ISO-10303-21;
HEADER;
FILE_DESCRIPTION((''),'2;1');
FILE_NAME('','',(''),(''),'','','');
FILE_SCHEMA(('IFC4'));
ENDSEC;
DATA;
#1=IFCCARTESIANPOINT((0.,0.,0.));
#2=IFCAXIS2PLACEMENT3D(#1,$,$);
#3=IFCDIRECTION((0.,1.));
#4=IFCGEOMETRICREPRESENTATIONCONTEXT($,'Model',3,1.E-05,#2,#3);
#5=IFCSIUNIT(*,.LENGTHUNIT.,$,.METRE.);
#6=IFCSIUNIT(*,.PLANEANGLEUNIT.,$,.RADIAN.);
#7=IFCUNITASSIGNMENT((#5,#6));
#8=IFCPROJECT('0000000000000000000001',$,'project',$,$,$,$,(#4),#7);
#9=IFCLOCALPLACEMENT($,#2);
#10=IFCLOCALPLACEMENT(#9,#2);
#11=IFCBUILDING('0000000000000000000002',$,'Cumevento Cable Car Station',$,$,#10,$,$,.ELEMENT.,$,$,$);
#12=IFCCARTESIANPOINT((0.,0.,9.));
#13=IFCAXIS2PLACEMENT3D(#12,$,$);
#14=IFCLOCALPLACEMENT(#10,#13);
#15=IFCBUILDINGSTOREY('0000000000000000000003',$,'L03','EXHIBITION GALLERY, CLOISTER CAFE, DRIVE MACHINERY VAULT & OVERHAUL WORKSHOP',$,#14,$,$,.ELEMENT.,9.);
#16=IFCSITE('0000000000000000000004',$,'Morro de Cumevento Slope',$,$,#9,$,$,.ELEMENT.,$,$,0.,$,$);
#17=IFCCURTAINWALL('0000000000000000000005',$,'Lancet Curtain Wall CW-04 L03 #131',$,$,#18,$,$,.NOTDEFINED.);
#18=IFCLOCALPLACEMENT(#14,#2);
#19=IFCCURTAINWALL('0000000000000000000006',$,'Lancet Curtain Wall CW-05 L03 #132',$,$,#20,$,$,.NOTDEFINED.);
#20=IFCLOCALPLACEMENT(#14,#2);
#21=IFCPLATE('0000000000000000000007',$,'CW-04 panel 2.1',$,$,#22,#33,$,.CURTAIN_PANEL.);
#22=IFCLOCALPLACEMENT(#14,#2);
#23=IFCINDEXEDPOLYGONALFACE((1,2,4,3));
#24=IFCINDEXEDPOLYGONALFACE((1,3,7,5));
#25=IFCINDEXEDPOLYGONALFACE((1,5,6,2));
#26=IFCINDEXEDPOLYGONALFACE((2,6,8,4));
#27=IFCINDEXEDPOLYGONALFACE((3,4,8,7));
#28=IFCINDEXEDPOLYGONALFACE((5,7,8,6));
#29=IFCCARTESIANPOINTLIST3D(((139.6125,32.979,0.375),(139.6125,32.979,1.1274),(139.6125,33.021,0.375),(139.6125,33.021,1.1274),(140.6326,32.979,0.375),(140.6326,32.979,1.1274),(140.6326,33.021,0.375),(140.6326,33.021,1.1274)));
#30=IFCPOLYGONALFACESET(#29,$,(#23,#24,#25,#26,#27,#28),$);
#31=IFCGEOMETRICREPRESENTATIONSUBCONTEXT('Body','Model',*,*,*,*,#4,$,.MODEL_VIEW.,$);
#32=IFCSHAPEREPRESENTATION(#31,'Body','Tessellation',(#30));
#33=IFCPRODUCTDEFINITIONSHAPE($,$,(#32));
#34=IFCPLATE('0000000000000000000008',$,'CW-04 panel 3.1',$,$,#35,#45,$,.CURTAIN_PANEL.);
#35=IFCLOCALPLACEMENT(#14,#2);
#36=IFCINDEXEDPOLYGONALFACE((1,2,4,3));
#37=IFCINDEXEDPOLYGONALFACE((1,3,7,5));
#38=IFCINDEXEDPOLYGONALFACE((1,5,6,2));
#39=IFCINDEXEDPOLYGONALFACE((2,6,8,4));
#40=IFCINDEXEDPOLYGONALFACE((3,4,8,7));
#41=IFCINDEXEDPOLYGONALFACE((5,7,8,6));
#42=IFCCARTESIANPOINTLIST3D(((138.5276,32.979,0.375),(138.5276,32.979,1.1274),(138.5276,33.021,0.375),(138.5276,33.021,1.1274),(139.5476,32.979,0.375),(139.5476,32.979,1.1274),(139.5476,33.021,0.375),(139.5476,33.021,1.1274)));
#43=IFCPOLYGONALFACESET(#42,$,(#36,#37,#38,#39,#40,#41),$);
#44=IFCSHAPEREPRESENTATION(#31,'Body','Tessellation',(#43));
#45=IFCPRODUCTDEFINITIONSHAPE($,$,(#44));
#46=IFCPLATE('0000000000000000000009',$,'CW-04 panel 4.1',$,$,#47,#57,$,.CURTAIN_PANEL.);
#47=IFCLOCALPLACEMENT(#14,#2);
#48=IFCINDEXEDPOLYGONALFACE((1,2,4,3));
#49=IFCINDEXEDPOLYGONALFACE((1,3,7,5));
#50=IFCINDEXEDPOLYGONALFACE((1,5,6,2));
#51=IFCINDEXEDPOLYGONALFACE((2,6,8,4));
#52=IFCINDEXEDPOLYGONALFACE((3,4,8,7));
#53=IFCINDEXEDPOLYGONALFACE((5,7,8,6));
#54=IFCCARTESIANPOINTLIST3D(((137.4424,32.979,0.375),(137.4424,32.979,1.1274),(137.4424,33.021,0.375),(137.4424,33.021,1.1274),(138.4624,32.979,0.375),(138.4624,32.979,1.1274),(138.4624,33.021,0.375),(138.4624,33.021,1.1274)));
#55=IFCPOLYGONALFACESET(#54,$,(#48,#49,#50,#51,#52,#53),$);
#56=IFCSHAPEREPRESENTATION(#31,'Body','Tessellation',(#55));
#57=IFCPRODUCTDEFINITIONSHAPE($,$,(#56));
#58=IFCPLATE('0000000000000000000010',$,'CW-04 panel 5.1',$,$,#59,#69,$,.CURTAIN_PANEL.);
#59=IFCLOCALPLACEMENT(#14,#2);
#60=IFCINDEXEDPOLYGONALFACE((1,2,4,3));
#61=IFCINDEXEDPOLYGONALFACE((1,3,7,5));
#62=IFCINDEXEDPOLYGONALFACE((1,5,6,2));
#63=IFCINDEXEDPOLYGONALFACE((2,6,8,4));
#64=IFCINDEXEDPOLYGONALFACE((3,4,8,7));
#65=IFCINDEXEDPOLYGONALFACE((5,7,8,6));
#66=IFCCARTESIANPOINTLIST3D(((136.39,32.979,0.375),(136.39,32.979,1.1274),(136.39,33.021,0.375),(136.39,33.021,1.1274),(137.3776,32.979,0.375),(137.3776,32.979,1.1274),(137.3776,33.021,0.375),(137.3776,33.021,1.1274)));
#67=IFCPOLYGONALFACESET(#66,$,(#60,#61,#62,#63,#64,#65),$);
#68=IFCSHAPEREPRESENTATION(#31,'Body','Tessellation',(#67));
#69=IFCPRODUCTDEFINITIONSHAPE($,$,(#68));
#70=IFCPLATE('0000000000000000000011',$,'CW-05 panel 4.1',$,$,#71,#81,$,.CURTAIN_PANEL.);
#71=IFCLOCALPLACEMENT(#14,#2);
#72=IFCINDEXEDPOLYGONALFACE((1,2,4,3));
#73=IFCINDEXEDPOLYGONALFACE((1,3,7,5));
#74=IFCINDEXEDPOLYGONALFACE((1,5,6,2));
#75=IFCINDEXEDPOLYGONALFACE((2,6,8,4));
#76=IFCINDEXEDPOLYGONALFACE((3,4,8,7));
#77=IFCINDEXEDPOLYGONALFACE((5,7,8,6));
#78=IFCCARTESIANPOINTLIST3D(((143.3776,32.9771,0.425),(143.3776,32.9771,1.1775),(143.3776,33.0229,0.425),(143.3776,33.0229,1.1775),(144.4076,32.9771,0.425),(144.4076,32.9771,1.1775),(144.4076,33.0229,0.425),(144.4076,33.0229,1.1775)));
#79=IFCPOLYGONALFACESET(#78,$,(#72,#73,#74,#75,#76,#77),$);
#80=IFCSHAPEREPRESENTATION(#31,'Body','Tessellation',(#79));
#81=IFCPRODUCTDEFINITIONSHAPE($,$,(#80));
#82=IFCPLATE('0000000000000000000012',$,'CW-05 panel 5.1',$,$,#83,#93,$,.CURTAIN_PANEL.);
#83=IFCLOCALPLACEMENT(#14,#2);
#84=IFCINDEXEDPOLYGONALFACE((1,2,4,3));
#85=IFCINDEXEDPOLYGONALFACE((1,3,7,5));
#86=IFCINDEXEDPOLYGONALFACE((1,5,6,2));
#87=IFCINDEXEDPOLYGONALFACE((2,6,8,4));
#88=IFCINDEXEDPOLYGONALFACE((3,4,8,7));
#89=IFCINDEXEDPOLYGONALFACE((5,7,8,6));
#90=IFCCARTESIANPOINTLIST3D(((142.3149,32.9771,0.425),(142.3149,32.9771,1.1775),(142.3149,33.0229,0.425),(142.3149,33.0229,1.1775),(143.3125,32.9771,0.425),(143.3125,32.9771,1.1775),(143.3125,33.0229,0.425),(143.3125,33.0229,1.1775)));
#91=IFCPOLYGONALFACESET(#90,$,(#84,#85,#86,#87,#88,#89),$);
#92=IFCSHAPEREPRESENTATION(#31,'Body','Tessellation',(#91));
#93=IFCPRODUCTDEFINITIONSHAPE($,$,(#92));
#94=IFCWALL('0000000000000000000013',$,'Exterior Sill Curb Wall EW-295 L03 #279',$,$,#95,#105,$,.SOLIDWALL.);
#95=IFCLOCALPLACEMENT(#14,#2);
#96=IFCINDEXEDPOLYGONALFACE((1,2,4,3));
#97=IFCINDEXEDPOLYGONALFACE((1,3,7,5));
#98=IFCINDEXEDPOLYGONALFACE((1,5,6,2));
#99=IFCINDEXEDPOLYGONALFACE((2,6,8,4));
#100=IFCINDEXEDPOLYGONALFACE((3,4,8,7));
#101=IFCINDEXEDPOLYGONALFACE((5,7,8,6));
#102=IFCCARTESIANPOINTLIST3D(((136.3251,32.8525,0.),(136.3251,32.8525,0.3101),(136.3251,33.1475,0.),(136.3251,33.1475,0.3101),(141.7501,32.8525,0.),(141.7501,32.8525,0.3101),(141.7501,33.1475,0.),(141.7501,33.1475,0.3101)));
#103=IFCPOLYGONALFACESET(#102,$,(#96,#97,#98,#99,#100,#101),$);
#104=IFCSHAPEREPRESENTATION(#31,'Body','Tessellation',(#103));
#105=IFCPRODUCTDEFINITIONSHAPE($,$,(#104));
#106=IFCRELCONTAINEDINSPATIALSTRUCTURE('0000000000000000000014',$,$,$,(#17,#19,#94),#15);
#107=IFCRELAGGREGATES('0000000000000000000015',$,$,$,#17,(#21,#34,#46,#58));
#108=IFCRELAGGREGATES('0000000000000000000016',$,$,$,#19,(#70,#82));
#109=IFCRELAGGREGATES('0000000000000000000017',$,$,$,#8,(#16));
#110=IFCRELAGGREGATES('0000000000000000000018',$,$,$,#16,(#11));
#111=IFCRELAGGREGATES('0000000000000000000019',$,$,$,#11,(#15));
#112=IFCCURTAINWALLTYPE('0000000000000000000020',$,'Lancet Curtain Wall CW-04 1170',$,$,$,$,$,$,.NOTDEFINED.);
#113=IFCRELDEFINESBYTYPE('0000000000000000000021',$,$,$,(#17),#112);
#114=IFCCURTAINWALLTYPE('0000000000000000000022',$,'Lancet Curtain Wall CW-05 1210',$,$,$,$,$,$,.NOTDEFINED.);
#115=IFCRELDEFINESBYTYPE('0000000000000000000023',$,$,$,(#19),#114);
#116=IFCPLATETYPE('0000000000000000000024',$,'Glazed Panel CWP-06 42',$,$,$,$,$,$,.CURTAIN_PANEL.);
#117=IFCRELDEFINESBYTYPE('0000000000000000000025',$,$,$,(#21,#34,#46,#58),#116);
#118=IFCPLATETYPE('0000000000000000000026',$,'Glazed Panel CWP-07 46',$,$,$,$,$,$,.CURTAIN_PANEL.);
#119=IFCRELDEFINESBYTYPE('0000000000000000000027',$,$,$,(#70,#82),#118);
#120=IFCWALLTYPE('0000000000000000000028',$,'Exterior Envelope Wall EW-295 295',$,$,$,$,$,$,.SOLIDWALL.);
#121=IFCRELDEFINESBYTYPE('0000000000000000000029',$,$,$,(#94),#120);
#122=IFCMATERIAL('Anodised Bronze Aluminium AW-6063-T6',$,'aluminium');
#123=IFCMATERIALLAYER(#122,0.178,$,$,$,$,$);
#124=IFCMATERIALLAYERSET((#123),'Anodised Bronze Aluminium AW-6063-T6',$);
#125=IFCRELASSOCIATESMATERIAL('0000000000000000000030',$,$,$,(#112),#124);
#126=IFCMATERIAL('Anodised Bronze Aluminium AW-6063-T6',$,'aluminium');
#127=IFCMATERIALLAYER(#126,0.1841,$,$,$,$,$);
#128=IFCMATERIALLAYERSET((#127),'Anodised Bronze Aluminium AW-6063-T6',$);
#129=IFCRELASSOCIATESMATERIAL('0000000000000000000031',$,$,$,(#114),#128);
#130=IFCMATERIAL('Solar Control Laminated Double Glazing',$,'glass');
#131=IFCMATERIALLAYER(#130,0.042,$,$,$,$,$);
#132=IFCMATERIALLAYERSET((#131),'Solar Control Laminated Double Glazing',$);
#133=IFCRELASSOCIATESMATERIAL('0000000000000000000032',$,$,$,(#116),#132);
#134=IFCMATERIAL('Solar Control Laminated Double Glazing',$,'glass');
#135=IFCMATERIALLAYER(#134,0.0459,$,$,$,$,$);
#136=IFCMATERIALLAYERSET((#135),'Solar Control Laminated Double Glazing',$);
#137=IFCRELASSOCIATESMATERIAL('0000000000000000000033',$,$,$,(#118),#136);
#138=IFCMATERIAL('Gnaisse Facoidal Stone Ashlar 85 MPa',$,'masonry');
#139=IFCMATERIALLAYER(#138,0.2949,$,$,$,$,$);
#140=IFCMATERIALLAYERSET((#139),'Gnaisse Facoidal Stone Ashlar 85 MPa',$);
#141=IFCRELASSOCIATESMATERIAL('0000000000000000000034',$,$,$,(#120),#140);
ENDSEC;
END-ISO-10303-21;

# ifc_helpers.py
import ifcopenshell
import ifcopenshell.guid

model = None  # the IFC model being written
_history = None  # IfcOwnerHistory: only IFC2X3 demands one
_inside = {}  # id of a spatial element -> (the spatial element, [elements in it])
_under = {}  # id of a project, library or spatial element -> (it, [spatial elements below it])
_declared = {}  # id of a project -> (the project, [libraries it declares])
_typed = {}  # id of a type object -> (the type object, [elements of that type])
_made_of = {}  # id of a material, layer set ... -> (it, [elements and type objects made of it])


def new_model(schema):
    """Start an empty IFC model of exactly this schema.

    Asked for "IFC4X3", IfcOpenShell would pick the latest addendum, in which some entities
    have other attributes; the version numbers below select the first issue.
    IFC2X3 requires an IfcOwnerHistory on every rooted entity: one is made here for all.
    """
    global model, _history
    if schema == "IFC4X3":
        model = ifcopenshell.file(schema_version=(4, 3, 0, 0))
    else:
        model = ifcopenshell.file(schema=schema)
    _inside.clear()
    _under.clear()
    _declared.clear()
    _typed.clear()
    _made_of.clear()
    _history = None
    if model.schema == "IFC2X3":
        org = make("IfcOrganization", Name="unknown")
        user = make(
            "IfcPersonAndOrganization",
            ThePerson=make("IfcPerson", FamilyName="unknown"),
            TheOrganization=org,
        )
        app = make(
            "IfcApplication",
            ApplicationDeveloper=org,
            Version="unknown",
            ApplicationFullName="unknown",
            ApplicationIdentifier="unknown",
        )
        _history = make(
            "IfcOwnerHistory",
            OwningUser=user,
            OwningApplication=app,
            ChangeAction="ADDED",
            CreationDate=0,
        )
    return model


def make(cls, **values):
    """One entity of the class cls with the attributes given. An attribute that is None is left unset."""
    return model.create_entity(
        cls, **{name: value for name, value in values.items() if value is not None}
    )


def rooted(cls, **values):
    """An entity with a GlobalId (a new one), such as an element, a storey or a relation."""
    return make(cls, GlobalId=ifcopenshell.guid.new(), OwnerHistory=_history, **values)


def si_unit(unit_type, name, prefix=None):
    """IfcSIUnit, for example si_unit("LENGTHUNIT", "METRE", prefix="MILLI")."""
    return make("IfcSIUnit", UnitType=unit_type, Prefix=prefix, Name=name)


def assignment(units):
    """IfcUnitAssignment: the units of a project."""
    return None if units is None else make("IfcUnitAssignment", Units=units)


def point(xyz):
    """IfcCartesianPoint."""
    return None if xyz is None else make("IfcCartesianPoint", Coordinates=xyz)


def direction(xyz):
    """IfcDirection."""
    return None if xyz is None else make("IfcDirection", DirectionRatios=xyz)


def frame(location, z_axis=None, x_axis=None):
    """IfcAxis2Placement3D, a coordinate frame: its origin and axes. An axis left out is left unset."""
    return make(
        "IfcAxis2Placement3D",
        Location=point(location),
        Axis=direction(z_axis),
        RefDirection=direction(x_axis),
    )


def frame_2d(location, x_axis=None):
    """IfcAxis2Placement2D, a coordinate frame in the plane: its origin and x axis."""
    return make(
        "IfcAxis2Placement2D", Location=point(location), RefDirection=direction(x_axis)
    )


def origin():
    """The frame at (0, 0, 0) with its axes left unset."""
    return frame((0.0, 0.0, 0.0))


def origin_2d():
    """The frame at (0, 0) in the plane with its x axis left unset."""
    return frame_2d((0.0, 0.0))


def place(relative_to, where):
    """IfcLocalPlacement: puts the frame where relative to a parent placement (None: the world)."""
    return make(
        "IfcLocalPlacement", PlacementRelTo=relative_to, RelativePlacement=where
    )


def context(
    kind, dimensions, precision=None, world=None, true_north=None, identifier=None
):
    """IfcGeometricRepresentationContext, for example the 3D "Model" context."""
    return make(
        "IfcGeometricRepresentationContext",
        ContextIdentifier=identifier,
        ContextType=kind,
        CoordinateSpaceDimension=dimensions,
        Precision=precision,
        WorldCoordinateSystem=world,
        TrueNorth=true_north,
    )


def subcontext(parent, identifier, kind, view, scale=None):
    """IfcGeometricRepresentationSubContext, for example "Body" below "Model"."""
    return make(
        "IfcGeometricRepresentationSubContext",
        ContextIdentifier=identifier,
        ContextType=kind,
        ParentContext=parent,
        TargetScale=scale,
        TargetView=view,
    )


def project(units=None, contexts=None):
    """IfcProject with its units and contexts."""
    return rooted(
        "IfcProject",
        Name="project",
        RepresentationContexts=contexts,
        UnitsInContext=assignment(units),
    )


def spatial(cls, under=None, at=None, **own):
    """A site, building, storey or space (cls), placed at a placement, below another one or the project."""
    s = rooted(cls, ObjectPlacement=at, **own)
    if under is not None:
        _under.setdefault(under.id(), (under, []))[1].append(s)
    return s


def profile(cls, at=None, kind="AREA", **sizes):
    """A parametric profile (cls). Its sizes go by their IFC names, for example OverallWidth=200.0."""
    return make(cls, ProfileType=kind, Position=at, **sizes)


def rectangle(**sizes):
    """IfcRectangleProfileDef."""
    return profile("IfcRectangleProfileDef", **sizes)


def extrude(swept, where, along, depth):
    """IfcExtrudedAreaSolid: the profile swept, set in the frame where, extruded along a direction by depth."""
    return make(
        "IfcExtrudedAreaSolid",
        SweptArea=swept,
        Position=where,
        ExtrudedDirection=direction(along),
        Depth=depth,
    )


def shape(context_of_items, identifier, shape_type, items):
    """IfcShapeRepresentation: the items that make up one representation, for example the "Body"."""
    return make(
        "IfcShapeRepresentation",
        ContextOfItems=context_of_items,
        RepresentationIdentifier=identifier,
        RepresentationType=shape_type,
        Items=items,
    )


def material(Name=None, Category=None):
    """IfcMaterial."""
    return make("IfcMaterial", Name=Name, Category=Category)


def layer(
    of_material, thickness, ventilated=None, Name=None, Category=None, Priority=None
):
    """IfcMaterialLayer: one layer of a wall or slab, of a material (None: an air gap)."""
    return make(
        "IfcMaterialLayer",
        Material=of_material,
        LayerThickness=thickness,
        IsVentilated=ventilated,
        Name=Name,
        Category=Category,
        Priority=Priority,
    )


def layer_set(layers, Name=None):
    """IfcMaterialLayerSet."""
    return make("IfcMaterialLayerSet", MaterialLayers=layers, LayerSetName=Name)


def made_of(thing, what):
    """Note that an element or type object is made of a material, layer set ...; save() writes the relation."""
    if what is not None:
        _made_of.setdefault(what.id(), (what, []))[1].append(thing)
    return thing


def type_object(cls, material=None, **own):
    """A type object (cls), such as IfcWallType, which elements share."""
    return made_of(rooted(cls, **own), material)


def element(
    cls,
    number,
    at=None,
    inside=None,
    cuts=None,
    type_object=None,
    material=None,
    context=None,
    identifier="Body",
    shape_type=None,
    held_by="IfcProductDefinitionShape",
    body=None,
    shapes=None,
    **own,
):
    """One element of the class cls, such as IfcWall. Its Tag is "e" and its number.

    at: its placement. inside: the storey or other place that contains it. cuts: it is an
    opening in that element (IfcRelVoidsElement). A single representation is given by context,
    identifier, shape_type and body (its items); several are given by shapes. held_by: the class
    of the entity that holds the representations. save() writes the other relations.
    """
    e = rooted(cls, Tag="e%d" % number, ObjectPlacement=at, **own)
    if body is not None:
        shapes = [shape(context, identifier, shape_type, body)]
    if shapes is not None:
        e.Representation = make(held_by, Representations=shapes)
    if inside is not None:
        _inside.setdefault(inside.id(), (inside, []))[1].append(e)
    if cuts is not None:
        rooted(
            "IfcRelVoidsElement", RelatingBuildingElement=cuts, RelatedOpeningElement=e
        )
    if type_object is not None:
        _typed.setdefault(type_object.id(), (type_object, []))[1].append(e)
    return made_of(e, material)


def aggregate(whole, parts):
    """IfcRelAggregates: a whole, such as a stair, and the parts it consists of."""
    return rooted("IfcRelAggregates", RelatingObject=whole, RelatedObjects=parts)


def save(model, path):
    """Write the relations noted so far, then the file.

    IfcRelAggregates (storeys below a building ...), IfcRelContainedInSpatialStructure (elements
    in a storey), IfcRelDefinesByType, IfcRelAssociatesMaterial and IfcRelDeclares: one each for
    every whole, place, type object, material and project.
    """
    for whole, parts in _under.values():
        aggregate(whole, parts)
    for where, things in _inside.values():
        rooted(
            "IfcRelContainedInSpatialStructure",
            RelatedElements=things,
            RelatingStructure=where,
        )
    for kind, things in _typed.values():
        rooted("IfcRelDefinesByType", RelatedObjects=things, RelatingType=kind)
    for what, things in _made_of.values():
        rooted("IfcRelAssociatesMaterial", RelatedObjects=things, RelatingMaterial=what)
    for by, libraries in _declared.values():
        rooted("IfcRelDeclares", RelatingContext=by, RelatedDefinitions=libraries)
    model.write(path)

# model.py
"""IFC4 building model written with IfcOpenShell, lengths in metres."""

from ifc_helpers import new_model, si_unit, direction, frame, frame_2d, origin, origin_2d, place, context, subcontext, project, spatial, rectangle, extrude, material, layer, layer_set, type_object, element, aggregate, save


model = new_model("IFC4")

# Units and contexts
model_context = context("Model", 3, precision=1e-05, world=origin(), true_north=direction((0.0, 1.0)))
body_context = subcontext(model_context, "Body", "Model", "MODEL_VIEW")
ifc_project = project(units=[si_unit("LENGTHUNIT", "METRE"), si_unit("PLANEANGLEUNIT", "RADIAN")], contexts=[model_context])

# Site, building, storey
site_placement = place(None, origin())
site = spatial("IfcSite", under=ifc_project, at=site_placement, Name="Morro de Cumevento Slope", CompositionType="ELEMENT", RefElevation=0.0)
building_placement = place(site_placement, origin())
building = spatial("IfcBuilding", under=site, at=building_placement, Name="Cumevento Cable Car Station", CompositionType="ELEMENT")
storey_placement = place(building_placement, frame((0.0, 0.0, 9.0)))
storey = spatial("IfcBuildingStorey", under=building, at=storey_placement, Name="L03", Description="EXHIBITION GALLERY, CLOISTER CAFE, DRIVE MACHINERY VAULT & OVERHAUL WORKSHOP", CompositionType="ELEMENT", Elevation=9.0)

# Curtain walls
ifc_material_1 = material(Name="Anodised Bronze Aluminium AW-6063-T6", Category="aluminium")
ifc_layer_1 = layer(ifc_material_1, 0.178)
ifc_layer_set_1 = layer_set([ifc_layer_1], Name="Anodised Bronze Aluminium AW-6063-T6")
curtain_wall_type_1 = type_object("IfcCurtainWallType", Name="Lancet Curtain Wall CW-04 1170", PredefinedType="NOTDEFINED", material=ifc_layer_set_1)
curtain_wall_1_placement = place(storey_placement, origin())
curtain_wall_1 = element("IfcCurtainWall", 1, at=curtain_wall_1_placement, inside=storey, type_object=curtain_wall_type_1, Name="Lancet Curtain Wall CW-04 L03 #131", PredefinedType="NOTDEFINED")
ifc_material_2 = material(Name="Anodised Bronze Aluminium AW-6063-T6", Category="aluminium")
ifc_layer_2 = layer(ifc_material_2, 0.1841)
ifc_layer_set_2 = layer_set([ifc_layer_2], Name="Anodised Bronze Aluminium AW-6063-T6")
curtain_wall_type_2 = type_object("IfcCurtainWallType", Name="Lancet Curtain Wall CW-05 1210", PredefinedType="NOTDEFINED", material=ifc_layer_set_2)
curtain_wall_2_placement = place(storey_placement, origin())
curtain_wall_2 = element("IfcCurtainWall", 2, at=curtain_wall_2_placement, inside=storey, type_object=curtain_wall_type_2, Name="Lancet Curtain Wall CW-05 L03 #132", PredefinedType="NOTDEFINED")

# Plates
ifc_material_3 = material(Name="Solar Control Laminated Double Glazing", Category="glass")
ifc_layer_3 = layer(ifc_material_3, 0.042)
ifc_layer_set_3 = layer_set([ifc_layer_3], Name="Solar Control Laminated Double Glazing")
plate_type_1 = type_object("IfcPlateType", Name="Glazed Panel CWP-06 42", PredefinedType="CURTAIN_PANEL", material=ifc_layer_set_3)
plate_1_placement = place(storey_placement, frame((140.1226, 33.0, 0.375), z_axis=(0.0, 0.0, 1.0), x_axis=(-1.0, 0.0, 0.0)))
plate_1 = element("IfcPlate", 3, at=plate_1_placement, type_object=plate_type_1, Name="CW-04 panel 2.1", PredefinedType="CURTAIN_PANEL", context=body_context, shape_type="SweptSolid", body=[
    extrude(rectangle(XDim=1.02, YDim=0.042, at=origin_2d()), origin(), (0.0, 0.0, 1.0), 0.7524),
])
plate_2_placement = place(storey_placement, frame((139.0376, 33.0, 0.375), z_axis=(0.0, 0.0, 1.0), x_axis=(-1.0, 0.0, 0.0)))
plate_2 = element("IfcPlate", 4, at=plate_2_placement, type_object=plate_type_1, Name="CW-04 panel 3.1", PredefinedType="CURTAIN_PANEL", context=body_context, shape_type="SweptSolid", body=[
    extrude(rectangle(XDim=1.02, YDim=0.042, at=origin_2d()), origin(), (0.0, 0.0, 1.0), 0.7524),
])
plate_3_placement = place(storey_placement, frame((137.9524, 33.0, 0.375), z_axis=(0.0, 0.0, 1.0), x_axis=(-1.0, 0.0, 0.0)))
plate_3 = element("IfcPlate", 5, at=plate_3_placement, type_object=plate_type_1, Name="CW-04 panel 4.1", PredefinedType="CURTAIN_PANEL", context=body_context, shape_type="SweptSolid", body=[
    extrude(rectangle(XDim=1.02, YDim=0.042, at=origin_2d()), origin(), (0.0, 0.0, 1.0), 0.7524),
])
plate_4_placement = place(storey_placement, frame((136.8838, 33.0, 0.375), z_axis=(0.0, 0.0, 1.0), x_axis=(-1.0, 0.0, 0.0)))
plate_4 = element("IfcPlate", 6, at=plate_4_placement, type_object=plate_type_1, Name="CW-04 panel 5.1", PredefinedType="CURTAIN_PANEL", context=body_context, shape_type="SweptSolid", body=[
    extrude(rectangle(XDim=0.9875, YDim=0.042, at=origin_2d()), origin(), (0.0, 0.0, 1.0), 0.7524),
])
aggregate(curtain_wall_1, [plate_1, plate_2, plate_3, plate_4])
ifc_material_4 = material(Name="Solar Control Laminated Double Glazing", Category="glass")
ifc_layer_4 = layer(ifc_material_4, 0.0459)
ifc_layer_set_4 = layer_set([ifc_layer_4], Name="Solar Control Laminated Double Glazing")
plate_type_2 = type_object("IfcPlateType", Name="Glazed Panel CWP-07 46", PredefinedType="CURTAIN_PANEL", material=ifc_layer_set_4)
plate_5_placement = place(storey_placement, frame((143.8926, 33.0, 0.425), z_axis=(0.0, 0.0, 1.0), x_axis=(-1.0, 0.0, 0.0)))
plate_5 = element("IfcPlate", 7, at=plate_5_placement, type_object=plate_type_2, Name="CW-05 panel 4.1", PredefinedType="CURTAIN_PANEL", context=body_context, shape_type="SweptSolid", body=[
    extrude(rectangle(XDim=1.03, YDim=0.0459, at=origin_2d()), origin(), (0.0, 0.0, 1.0), 0.7524),
])
plate_6_placement = place(storey_placement, frame((142.8137, 33.0, 0.425), z_axis=(0.0, 0.0, 1.0), x_axis=(-1.0, 0.0, 0.0)))
plate_6 = element("IfcPlate", 8, at=plate_6_placement, type_object=plate_type_2, Name="CW-05 panel 5.1", PredefinedType="CURTAIN_PANEL", context=body_context, shape_type="SweptSolid", body=[
    extrude(rectangle(XDim=0.9976, YDim=0.0459, at=origin_2d()), origin(), (0.0, 0.0, 1.0), 0.7524),
])
aggregate(curtain_wall_2, [plate_5, plate_6])

# Wall
ifc_material_5 = material(Name="Gnaisse Facoidal Stone Ashlar 85 MPa", Category="masonry")
ifc_layer_5 = layer(ifc_material_5, 0.2949)
ifc_layer_set_5 = layer_set([ifc_layer_5], Name="Gnaisse Facoidal Stone Ashlar 85 MPa")
wall_type = type_object("IfcWallType", Name="Exterior Envelope Wall EW-295 295", PredefinedType="SOLIDWALL", material=ifc_layer_set_5)
wall_placement = place(storey_placement, frame((141.75, 33.0, 0.0), z_axis=(0.0, 0.0, 1.0), x_axis=(-1.0, 0.0, 0.0)))
element("IfcWall", 9, at=wall_placement, inside=storey, type_object=wall_type, Name="Exterior Sill Curb Wall EW-295 L03 #279", PredefinedType="SOLIDWALL", context=body_context, shape_type="SweptSolid", body=[
    extrude(rectangle(XDim=5.425, YDim=0.2949, at=frame_2d((2.7124, 0.0))), origin(), (0.0, 0.0, 1.0), 0.3101),
])

save(model, "model.ifc")
